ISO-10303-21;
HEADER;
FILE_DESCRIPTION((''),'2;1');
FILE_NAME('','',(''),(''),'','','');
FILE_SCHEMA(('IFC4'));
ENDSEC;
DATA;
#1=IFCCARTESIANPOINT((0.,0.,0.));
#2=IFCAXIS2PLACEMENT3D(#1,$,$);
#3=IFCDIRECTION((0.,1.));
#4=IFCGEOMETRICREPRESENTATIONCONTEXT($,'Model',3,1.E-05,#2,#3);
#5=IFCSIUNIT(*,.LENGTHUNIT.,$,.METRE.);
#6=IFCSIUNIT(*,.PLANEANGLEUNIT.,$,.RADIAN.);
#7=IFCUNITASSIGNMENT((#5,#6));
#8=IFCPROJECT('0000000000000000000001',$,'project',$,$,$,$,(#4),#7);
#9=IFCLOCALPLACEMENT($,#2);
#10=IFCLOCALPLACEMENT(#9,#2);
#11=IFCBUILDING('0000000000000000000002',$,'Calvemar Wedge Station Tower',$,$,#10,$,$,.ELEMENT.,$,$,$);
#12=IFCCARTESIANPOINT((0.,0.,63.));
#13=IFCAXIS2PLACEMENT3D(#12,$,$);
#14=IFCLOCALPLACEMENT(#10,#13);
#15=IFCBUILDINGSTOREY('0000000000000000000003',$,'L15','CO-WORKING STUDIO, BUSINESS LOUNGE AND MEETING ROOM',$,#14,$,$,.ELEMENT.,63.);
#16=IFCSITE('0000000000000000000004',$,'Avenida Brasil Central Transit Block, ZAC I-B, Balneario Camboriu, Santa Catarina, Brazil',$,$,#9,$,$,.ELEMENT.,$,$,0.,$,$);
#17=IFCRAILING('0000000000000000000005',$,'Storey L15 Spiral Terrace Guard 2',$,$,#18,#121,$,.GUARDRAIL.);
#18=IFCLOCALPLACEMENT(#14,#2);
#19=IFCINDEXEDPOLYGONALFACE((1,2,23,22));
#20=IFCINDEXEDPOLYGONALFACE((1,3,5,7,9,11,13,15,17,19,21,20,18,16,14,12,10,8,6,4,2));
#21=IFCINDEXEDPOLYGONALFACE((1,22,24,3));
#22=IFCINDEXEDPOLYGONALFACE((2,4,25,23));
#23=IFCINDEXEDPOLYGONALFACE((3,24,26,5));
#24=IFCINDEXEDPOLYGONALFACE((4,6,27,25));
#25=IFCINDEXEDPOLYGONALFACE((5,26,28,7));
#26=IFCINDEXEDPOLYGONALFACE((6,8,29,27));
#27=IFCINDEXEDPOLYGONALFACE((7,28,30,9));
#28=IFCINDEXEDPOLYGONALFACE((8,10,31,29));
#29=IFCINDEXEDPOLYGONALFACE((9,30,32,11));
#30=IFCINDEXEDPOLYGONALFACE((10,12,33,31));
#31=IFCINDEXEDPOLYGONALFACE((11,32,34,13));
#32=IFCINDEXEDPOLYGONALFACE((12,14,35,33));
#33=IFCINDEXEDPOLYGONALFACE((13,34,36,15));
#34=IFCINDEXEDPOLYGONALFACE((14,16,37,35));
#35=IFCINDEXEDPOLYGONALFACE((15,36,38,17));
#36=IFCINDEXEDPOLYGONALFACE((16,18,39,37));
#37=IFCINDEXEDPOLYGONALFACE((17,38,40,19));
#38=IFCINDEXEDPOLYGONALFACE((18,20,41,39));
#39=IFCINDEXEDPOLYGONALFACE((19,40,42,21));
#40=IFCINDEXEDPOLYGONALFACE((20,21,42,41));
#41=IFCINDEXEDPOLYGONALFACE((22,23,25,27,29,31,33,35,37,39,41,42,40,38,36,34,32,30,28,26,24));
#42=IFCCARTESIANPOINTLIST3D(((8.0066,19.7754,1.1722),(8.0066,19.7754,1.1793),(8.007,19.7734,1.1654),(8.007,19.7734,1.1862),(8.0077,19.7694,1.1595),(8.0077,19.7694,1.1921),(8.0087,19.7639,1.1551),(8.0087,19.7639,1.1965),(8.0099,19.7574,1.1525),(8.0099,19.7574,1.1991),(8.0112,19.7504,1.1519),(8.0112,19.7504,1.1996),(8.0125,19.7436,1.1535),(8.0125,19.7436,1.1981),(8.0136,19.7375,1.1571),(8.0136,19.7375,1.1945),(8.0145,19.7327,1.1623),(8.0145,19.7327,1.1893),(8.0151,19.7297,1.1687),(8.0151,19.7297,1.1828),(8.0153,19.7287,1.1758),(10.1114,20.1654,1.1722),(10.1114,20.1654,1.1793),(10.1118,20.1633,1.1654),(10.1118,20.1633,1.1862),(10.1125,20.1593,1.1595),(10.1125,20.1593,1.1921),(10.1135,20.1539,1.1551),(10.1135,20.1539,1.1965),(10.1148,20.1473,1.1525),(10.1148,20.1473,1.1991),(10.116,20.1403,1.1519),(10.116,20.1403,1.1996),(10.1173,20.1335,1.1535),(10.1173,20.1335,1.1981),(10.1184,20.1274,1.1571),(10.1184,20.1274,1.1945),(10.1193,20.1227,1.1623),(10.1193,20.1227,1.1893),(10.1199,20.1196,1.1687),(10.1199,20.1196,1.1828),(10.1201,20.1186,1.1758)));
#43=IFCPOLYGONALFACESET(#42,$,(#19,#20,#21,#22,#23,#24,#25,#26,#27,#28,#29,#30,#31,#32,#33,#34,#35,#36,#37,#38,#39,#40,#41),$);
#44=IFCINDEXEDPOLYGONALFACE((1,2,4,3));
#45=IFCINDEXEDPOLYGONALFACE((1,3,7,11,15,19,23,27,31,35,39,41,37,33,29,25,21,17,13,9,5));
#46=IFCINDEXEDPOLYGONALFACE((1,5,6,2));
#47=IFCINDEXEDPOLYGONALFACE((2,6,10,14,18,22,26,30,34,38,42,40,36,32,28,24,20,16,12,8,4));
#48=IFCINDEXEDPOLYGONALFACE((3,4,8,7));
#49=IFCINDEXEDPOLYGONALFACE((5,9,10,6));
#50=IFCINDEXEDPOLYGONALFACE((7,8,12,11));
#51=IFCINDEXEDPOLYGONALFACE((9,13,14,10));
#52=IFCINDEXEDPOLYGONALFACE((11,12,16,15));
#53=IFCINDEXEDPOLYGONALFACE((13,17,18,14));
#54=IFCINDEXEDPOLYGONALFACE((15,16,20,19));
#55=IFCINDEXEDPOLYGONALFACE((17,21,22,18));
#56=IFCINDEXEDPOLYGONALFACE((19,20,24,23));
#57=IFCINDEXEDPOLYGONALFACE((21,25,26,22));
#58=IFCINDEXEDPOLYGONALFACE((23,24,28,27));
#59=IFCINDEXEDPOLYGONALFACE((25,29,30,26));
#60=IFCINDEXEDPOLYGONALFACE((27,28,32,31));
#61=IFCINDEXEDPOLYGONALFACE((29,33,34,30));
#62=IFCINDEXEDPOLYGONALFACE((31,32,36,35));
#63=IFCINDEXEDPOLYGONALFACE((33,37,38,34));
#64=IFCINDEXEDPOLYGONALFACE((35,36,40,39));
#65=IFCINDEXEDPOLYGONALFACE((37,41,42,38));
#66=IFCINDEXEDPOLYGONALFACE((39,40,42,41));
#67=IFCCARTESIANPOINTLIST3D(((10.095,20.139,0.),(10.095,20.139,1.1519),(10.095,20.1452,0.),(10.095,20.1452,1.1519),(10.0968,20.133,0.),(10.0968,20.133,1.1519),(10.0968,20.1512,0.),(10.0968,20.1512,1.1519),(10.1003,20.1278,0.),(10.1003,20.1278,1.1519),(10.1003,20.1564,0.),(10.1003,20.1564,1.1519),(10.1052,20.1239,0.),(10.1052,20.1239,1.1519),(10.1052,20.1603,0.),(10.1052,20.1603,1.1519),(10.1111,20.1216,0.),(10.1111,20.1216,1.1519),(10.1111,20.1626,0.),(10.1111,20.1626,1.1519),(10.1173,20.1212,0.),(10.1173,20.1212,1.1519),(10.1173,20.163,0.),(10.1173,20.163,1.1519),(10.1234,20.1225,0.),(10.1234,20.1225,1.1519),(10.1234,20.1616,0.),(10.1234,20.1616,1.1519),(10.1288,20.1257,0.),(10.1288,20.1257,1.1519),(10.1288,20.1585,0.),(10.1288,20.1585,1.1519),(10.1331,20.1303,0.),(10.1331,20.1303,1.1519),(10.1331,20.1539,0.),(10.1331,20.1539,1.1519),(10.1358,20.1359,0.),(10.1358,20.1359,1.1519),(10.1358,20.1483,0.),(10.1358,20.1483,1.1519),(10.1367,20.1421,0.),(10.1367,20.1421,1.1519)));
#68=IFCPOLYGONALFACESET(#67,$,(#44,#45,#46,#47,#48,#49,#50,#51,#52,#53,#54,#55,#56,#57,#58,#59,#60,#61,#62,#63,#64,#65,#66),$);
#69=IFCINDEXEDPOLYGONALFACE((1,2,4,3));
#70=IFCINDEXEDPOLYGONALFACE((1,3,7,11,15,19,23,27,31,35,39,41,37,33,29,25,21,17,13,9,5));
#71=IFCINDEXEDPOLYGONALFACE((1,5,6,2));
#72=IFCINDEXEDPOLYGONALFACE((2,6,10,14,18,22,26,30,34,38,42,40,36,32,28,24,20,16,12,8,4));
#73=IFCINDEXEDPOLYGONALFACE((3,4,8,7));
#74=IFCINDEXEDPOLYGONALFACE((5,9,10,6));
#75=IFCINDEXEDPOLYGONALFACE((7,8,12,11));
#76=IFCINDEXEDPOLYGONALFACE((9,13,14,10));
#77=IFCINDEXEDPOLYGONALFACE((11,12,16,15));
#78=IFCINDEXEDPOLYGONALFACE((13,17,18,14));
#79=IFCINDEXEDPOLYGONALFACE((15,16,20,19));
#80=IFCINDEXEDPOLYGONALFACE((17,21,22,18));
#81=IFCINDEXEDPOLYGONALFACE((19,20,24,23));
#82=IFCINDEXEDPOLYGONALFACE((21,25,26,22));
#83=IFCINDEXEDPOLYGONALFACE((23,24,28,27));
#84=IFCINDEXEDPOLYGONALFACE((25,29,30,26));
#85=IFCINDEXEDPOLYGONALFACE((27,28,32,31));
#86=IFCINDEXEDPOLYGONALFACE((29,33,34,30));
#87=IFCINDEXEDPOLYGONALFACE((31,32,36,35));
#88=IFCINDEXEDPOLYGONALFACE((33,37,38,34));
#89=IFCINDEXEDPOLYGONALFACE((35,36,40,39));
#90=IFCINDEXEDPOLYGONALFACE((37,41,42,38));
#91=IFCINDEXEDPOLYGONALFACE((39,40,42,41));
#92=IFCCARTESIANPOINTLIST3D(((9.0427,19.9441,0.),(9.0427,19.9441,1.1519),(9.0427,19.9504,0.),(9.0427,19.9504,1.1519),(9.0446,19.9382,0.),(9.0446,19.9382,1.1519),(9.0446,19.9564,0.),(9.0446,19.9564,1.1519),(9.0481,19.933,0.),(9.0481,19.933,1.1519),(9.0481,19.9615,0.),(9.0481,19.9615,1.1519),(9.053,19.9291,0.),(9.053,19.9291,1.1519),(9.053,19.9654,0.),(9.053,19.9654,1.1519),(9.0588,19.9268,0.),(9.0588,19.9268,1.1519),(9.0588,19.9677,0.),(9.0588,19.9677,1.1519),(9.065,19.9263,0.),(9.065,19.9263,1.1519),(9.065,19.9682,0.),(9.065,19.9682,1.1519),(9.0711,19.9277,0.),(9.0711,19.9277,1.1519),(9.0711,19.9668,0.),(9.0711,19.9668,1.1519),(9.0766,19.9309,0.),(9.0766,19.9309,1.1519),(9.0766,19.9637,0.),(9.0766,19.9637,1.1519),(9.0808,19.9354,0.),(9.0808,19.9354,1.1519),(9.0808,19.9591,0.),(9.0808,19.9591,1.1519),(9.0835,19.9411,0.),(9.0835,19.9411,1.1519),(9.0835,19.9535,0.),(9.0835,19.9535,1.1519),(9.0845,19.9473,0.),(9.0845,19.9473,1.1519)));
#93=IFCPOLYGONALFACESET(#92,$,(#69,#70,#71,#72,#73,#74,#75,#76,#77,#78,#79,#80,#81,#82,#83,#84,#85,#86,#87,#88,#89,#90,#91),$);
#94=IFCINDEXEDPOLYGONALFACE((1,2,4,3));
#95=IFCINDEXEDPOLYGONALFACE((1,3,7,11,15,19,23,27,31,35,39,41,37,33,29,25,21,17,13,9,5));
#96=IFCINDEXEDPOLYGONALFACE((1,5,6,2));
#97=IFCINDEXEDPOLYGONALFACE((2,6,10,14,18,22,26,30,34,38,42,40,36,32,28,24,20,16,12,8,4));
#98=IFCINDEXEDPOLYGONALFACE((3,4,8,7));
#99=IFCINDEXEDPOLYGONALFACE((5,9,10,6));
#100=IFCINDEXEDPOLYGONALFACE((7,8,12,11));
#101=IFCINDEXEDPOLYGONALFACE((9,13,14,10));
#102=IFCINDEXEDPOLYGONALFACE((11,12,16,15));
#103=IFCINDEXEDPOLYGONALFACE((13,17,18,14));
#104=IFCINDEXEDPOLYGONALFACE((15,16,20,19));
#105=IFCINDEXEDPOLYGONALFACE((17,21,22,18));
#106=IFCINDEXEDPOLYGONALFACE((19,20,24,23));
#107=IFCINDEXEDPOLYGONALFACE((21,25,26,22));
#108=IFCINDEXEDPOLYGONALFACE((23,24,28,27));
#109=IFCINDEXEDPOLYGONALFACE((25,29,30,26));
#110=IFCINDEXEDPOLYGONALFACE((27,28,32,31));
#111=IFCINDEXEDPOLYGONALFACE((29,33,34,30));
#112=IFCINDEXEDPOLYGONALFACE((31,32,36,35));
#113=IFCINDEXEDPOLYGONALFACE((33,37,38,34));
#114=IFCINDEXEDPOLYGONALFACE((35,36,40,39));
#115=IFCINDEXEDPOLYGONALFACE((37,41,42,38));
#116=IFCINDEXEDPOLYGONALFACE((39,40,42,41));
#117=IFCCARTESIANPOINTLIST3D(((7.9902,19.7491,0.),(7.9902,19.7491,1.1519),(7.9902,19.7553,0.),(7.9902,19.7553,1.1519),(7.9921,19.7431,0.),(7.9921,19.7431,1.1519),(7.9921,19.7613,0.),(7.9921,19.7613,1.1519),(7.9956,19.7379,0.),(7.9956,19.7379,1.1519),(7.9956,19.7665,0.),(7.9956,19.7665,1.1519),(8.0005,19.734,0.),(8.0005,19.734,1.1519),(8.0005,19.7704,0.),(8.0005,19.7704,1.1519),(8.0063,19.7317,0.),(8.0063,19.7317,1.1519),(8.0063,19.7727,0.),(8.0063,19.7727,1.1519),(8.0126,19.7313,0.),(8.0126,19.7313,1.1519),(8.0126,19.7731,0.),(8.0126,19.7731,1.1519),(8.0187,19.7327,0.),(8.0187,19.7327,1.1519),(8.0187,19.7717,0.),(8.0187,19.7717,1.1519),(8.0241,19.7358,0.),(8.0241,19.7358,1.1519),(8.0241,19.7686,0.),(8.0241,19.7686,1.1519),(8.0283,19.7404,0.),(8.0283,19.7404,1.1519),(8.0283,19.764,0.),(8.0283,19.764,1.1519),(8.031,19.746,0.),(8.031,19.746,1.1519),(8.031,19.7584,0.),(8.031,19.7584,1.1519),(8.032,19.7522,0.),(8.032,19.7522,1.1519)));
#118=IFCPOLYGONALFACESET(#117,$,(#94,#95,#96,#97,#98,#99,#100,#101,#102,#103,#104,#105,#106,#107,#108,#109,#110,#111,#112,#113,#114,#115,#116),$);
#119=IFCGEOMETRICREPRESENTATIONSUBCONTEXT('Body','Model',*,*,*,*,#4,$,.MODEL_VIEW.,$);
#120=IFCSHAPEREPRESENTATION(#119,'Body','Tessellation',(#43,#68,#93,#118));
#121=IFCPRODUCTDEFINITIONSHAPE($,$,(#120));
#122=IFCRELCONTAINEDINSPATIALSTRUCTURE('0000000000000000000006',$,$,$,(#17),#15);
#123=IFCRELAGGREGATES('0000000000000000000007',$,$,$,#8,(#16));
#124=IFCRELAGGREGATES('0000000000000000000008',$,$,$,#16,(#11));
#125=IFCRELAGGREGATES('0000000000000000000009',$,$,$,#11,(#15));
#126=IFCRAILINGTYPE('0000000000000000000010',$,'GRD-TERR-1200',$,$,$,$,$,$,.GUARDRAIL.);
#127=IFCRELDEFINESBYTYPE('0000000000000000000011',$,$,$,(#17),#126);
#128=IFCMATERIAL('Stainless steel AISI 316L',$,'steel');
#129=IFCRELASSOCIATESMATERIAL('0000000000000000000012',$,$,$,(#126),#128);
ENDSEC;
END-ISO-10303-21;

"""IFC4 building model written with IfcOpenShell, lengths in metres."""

from ifc_helpers import new_model, si_unit, direction, frame, origin, origin_2d, place, context, subcontext, project, spatial, circle, extrude, material, type_object, element, save


model = new_model("IFC4")

# Units and contexts
model_context = context("Model", 3, precision=1e-05, world=origin(), true_north=direction((0.0, 1.0)))
body_context = subcontext(model_context, "Body", "Model", "MODEL_VIEW")
ifc_project = project(units=[si_unit("LENGTHUNIT", "METRE"), si_unit("PLANEANGLEUNIT", "RADIAN")], contexts=[model_context])

# Site, building, storey
site_placement = place(None, origin())
site = spatial("IfcSite", under=ifc_project, at=site_placement, Name="Avenida Brasil Central Transit Block, ZAC I-B, Balneario Camboriu, Santa Catarina, Brazil", CompositionType="ELEMENT", RefElevation=0.0)
building_placement = place(site_placement, origin())
building = spatial("IfcBuilding", under=site, at=building_placement, Name="Calvemar Wedge Station Tower", CompositionType="ELEMENT")
storey_placement = place(building_placement, frame((0.0, 0.0, 63.0)))
storey = spatial("IfcBuildingStorey", under=building, at=storey_placement, Name="L15", Description="CO-WORKING STUDIO, BUSINESS LOUNGE AND MEETING ROOM", CompositionType="ELEMENT", Elevation=63.0)

# Railing
ifc_material_1 = material(Name="Stainless steel AISI 316L", Category="steel")
railing_type = type_object("IfcRailingType", Name="GRD-TERR-1200", PredefinedType="GUARDRAIL", material=ifc_material_1)
railing_1_placement = place(storey_placement, frame((10.1157, 20.1421, 0.0)))
element("IfcRailing", 1, at=railing_1_placement, inside=storey, type_object=railing_type, Name="Storey L15 Spiral Terrace Guard 2", PredefinedType="GUARDRAIL", context=body_context, shape_type="SweptSolid", body=[
    extrude(circle(Radius=0.0239, at=origin_2d()), frame((0.0, 0.0, 1.1758), z_axis=(-0.983271, -0.182146, 0.0), x_axis=(0.182146, -0.983271, 0.0)), (0.0, 0.0, 1.0), 2.1406),
    extrude(circle(Radius=0.021, at=origin_2d()), origin(), (0.0, 0.0, 1.0), 1.1519),
    extrude(circle(Radius=0.021, at=origin_2d()), frame((-1.0522, -0.1948, 0.0)), (0.0, 0.0, 1.0), 1.1519),
    extrude(circle(Radius=0.021, at=origin_2d()), frame((-2.1047, -0.3899, 0.0)), (0.0, 0.0, 1.0), 1.1519),
])

save(model, "model.ifc")
